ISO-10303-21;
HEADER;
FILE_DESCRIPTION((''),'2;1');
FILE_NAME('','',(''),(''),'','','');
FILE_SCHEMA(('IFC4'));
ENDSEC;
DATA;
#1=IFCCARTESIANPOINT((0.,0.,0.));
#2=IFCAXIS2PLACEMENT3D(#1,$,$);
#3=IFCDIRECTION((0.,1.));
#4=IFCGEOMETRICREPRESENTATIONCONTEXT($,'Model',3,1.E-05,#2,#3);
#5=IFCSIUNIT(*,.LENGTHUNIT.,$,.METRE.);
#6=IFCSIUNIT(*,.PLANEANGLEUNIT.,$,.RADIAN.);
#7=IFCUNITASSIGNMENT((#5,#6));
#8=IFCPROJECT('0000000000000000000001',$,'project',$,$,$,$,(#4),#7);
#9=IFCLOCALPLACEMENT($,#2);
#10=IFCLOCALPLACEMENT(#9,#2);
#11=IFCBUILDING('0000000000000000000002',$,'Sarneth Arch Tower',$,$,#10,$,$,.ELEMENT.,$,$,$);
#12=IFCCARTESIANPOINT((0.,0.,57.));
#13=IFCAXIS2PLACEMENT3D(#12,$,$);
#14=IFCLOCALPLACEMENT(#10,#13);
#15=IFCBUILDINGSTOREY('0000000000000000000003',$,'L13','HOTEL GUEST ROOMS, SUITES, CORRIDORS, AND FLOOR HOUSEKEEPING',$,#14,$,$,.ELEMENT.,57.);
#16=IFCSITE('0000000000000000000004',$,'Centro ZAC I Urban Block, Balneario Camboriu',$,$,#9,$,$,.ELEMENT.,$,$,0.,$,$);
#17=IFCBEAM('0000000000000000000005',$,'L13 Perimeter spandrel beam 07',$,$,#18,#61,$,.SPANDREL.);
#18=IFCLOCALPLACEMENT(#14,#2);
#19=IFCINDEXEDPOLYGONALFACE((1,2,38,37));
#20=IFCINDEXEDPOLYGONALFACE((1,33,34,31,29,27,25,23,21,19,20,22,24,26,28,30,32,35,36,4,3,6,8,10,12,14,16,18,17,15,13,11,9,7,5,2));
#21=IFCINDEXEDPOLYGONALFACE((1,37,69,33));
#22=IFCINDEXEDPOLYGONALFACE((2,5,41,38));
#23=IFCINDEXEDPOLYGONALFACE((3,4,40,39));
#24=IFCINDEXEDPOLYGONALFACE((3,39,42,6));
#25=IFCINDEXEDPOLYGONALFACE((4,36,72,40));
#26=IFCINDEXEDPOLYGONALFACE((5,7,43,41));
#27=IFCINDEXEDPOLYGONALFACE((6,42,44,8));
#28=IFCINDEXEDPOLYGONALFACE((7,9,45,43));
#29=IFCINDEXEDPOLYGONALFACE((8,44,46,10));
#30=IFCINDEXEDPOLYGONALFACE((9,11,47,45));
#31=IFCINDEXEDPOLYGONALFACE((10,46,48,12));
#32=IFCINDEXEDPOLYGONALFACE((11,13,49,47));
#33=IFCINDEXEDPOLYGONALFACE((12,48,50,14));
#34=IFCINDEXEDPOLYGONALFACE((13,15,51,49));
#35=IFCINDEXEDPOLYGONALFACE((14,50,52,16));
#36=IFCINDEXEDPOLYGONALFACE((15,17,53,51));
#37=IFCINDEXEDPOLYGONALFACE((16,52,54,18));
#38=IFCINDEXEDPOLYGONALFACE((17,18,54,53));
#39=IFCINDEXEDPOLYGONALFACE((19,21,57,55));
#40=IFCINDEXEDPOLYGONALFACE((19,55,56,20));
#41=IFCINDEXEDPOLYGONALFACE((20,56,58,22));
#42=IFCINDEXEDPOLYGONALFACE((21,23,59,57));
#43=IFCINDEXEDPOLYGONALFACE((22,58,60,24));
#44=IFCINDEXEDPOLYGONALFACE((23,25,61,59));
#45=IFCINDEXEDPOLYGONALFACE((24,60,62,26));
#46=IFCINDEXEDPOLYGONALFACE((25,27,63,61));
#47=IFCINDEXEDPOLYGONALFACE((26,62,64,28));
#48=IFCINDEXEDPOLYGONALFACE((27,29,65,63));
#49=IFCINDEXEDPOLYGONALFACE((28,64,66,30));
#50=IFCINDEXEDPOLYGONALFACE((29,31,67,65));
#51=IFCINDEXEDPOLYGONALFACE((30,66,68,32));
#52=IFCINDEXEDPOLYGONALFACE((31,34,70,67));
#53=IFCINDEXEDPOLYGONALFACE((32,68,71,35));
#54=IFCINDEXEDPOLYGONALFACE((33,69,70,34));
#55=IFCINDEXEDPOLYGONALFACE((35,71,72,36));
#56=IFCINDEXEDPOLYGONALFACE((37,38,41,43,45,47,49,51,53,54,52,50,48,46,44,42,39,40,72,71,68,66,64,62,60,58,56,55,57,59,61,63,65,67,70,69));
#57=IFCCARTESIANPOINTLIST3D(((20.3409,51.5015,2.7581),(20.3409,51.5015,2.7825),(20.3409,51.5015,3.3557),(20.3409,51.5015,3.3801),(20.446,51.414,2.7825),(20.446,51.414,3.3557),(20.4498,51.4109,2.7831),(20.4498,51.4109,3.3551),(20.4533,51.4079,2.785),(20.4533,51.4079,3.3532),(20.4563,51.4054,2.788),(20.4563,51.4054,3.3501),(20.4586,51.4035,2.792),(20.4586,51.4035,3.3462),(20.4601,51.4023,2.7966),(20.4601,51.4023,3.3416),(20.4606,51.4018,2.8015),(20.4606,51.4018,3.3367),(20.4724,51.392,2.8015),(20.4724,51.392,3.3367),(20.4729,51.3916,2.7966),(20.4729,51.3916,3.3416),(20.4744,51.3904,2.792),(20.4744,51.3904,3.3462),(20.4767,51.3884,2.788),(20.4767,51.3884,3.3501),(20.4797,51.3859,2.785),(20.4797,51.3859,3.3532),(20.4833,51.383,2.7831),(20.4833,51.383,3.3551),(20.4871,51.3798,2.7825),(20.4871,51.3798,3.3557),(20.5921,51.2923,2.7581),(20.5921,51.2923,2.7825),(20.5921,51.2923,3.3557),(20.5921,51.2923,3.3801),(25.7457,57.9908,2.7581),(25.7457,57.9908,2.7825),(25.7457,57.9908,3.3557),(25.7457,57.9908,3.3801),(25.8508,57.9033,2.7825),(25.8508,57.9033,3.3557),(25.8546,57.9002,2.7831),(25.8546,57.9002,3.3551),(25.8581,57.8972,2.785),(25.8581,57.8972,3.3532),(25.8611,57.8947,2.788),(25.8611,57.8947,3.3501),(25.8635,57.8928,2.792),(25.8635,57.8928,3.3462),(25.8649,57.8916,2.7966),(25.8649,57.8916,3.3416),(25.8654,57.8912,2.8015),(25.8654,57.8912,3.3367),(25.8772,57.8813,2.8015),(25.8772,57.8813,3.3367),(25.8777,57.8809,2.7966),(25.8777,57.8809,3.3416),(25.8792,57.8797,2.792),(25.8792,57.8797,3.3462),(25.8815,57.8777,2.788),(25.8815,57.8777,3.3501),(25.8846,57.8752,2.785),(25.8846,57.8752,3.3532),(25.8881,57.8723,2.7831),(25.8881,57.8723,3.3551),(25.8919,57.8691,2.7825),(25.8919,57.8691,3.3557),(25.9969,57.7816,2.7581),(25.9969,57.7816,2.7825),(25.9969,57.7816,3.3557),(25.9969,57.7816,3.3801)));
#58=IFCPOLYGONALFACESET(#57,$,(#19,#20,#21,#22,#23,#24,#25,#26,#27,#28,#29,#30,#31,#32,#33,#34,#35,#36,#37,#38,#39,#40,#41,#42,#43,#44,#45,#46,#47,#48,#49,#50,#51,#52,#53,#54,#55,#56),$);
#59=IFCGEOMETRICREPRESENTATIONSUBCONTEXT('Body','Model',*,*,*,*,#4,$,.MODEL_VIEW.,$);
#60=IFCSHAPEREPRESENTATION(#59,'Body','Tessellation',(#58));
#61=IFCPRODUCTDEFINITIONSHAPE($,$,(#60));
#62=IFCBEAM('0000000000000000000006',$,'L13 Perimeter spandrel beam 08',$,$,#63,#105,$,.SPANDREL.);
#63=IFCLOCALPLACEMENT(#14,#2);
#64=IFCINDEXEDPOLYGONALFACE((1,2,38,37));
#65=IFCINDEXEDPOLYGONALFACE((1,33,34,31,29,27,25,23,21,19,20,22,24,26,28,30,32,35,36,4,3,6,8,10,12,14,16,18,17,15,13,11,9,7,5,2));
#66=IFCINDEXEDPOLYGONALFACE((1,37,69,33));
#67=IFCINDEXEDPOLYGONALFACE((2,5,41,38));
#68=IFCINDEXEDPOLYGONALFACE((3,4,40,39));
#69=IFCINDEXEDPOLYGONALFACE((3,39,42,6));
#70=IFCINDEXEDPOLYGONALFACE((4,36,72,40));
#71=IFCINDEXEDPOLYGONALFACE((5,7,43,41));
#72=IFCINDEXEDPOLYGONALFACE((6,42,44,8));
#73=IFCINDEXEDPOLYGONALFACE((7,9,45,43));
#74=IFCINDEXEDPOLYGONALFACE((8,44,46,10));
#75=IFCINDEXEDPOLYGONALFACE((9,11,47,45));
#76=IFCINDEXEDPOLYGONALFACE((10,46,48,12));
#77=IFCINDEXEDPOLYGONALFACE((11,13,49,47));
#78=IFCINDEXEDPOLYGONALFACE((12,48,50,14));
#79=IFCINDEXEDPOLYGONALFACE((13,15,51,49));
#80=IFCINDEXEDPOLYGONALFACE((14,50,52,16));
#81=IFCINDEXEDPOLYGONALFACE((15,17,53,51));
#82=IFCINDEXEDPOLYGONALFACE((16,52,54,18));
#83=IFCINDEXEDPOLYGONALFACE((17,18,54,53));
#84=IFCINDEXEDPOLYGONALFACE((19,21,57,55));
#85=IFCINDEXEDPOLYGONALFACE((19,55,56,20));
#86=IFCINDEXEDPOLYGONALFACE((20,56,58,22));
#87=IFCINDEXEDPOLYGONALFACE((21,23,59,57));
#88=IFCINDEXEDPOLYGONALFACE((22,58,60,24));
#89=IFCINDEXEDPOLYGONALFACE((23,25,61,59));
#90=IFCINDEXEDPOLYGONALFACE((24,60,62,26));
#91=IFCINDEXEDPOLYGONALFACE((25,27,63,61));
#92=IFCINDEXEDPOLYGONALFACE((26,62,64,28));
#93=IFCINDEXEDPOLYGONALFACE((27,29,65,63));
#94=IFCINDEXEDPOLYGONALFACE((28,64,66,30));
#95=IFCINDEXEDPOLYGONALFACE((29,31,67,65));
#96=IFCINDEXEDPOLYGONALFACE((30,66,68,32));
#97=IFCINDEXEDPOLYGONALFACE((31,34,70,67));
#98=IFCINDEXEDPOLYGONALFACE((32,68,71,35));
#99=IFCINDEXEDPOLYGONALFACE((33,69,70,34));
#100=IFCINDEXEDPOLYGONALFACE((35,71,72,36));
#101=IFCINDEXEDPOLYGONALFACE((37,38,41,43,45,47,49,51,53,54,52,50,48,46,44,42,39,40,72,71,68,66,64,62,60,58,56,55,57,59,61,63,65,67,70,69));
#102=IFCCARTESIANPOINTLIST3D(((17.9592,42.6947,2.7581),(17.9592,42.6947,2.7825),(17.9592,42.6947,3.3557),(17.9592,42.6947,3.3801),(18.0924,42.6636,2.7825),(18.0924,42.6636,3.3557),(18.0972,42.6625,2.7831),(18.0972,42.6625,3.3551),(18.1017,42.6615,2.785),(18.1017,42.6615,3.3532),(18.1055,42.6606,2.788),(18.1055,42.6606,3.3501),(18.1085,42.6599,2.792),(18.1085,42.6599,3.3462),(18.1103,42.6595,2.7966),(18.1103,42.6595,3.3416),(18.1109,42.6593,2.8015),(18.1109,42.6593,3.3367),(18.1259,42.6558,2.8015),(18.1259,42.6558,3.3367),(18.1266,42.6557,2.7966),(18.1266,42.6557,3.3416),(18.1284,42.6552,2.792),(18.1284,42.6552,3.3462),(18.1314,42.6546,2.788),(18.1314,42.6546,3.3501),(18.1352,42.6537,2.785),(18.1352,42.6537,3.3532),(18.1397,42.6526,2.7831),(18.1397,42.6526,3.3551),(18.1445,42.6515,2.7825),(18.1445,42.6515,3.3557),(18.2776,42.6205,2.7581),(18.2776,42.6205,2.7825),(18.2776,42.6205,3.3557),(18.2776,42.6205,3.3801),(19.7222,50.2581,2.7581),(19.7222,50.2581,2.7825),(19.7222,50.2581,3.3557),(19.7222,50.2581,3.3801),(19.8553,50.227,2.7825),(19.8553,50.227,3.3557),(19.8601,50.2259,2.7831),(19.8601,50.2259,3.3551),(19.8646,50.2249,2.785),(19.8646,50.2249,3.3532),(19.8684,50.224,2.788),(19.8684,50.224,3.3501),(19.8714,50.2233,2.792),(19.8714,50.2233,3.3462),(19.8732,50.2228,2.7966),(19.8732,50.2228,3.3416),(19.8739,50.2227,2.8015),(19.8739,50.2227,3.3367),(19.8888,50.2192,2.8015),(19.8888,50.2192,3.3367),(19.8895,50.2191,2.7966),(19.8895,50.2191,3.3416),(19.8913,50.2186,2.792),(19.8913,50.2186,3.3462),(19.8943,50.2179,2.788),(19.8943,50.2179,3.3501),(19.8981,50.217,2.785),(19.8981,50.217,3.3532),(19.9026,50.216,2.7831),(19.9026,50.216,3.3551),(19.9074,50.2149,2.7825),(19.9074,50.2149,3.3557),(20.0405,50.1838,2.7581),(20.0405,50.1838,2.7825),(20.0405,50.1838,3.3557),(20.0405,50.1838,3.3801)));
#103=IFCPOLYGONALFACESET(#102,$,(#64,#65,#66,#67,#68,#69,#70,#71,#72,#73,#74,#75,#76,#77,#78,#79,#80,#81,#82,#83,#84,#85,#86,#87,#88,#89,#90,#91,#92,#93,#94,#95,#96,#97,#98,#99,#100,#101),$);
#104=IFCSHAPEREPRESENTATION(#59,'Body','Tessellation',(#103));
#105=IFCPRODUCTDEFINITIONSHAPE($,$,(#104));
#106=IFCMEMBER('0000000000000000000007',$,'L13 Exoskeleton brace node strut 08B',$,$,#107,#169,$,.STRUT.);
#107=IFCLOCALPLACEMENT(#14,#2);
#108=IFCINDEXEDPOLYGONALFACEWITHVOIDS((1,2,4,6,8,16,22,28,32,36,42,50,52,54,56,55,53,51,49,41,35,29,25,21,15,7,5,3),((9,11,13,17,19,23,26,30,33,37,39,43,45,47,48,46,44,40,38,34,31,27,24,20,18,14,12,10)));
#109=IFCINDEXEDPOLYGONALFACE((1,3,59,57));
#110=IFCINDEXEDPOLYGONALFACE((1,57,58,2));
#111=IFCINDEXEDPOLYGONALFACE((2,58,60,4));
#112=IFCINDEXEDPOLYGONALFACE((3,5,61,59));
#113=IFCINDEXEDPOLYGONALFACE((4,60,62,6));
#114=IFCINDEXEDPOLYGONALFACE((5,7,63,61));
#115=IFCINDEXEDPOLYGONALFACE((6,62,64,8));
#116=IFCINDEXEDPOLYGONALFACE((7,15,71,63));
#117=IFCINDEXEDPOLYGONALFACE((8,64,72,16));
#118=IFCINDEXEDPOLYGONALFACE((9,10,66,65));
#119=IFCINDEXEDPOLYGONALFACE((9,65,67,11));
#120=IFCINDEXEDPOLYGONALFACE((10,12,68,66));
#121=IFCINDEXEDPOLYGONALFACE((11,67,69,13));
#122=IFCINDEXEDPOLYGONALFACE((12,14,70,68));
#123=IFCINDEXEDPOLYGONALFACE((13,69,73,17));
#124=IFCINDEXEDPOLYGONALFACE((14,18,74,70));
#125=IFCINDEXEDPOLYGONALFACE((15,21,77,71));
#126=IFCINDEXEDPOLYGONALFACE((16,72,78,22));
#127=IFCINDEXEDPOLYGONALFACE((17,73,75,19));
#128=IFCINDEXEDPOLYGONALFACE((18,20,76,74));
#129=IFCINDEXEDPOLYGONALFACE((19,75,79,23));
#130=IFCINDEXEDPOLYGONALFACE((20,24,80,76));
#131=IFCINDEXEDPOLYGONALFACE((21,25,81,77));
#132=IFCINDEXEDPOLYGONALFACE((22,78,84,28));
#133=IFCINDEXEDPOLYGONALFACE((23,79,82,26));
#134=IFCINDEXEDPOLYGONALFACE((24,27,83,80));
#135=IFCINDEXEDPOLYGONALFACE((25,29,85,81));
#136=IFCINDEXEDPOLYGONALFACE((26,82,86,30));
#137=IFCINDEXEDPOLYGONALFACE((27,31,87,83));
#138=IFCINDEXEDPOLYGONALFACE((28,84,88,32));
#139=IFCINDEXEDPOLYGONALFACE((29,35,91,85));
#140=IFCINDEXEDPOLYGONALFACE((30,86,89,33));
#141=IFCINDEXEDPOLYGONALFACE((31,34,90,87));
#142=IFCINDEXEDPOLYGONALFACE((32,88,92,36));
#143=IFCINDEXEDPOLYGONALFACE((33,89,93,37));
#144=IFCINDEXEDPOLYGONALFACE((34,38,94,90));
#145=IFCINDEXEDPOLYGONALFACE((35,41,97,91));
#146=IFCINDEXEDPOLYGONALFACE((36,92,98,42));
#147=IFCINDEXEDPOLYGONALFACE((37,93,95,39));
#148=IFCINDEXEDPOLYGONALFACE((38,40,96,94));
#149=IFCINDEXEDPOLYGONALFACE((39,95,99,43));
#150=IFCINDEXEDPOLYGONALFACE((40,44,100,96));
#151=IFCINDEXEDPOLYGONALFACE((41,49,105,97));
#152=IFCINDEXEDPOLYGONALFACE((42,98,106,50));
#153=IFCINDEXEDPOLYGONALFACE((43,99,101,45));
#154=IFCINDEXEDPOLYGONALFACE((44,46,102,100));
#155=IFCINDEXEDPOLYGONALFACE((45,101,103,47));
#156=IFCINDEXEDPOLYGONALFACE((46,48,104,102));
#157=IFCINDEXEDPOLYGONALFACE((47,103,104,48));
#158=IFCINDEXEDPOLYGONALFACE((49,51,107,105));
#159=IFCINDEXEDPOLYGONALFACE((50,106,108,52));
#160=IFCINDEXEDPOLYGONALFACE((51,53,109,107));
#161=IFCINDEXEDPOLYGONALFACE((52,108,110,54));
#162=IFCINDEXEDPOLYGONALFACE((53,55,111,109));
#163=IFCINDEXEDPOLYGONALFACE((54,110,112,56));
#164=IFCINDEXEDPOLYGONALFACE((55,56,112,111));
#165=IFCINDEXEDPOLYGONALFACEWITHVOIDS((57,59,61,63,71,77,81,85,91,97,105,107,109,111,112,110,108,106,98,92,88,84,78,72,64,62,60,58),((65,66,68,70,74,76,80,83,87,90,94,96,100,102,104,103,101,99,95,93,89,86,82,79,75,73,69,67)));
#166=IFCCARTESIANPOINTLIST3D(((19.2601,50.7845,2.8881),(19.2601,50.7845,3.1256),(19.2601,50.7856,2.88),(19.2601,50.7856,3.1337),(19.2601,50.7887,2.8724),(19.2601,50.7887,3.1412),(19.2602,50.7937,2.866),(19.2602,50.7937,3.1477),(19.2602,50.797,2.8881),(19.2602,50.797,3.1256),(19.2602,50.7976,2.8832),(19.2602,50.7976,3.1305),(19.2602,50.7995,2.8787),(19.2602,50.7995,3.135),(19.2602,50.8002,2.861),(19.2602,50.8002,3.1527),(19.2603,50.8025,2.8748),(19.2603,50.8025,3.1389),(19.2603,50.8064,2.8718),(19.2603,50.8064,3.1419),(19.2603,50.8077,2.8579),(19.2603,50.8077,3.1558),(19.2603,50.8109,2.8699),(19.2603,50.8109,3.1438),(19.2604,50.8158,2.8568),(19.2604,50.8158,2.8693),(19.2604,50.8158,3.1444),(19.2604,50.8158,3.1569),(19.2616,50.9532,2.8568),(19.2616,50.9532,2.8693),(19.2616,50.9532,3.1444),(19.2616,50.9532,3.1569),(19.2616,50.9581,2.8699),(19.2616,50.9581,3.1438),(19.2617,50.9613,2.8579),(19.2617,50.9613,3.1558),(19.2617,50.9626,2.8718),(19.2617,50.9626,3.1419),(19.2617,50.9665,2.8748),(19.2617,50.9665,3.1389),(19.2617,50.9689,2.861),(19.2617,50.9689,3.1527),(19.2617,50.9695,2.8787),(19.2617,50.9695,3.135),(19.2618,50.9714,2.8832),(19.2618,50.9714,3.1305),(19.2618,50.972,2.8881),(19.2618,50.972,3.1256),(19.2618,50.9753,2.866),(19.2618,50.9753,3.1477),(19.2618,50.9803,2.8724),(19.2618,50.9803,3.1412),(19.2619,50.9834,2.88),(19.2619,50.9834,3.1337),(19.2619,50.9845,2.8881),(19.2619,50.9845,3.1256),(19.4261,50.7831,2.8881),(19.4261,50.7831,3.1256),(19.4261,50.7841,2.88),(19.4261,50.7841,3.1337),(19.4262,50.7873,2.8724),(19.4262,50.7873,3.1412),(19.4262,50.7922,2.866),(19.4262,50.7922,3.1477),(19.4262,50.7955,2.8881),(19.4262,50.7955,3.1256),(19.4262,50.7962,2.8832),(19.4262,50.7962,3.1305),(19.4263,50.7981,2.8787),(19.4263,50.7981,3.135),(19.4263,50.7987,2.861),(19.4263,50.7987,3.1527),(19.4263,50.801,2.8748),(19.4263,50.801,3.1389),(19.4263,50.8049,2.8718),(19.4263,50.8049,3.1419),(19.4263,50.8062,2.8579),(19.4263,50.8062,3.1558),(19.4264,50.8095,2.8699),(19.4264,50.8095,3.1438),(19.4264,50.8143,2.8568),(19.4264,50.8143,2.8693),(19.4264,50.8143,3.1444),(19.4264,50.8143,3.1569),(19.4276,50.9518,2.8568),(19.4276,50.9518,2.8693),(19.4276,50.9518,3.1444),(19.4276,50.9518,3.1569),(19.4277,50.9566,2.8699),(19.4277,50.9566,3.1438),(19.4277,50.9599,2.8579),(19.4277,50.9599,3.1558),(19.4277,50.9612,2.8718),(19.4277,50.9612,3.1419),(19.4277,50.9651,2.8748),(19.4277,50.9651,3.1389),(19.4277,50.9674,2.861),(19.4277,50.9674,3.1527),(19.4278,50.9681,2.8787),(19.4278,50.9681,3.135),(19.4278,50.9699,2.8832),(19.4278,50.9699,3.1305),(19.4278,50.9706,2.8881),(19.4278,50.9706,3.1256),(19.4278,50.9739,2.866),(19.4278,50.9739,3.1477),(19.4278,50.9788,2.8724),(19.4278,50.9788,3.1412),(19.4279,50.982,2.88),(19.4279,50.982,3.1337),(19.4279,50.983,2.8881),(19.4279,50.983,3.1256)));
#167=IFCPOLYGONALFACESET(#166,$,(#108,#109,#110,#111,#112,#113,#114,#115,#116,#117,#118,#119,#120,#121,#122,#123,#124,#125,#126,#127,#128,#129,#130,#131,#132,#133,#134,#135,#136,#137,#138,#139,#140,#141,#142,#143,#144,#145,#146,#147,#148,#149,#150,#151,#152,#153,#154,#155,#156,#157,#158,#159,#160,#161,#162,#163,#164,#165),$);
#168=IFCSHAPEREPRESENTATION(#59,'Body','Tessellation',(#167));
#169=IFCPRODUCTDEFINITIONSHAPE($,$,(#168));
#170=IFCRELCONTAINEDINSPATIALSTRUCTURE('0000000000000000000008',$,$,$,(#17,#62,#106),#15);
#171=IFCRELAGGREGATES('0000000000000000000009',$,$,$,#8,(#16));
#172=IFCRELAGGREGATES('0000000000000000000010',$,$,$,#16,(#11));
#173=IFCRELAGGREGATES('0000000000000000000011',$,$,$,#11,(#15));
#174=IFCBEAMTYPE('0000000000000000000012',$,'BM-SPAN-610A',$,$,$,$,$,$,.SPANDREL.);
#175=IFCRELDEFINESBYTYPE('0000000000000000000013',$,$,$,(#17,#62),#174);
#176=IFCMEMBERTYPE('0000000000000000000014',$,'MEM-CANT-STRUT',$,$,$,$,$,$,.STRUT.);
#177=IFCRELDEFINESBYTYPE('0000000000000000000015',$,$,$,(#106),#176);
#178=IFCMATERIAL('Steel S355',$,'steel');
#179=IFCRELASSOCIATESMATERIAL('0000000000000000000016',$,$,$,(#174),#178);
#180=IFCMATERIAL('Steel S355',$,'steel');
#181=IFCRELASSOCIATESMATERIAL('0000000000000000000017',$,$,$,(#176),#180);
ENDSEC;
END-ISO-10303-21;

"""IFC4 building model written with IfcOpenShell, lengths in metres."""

from ifc_helpers import new_model, si_unit, direction, frame, origin, origin_2d, place, context, subcontext, project, spatial, hollow_rectangle, i_section, extrude, material, material_profile, profile_set, type_object, element, save


model = new_model("IFC4")

# Units and contexts
model_context = context("Model", 3, precision=1e-05, world=origin(), true_north=direction((0.0, 1.0)))
body_context = subcontext(model_context, "Body", "Model", "MODEL_VIEW")
ifc_project = project(units=[si_unit("LENGTHUNIT", "METRE"), si_unit("PLANEANGLEUNIT", "RADIAN")], contexts=[model_context])

# Site, building, storey
site_placement = place(None, origin())
site = spatial("IfcSite", under=ifc_project, at=site_placement, Name="Centro ZAC I Urban Block, Balneario Camboriu", CompositionType="ELEMENT", RefElevation=0.0)
building_placement = place(site_placement, origin())
building = spatial("IfcBuilding", under=site, at=building_placement, Name="Sarneth Arch Tower", CompositionType="ELEMENT")
storey_placement = place(building_placement, frame((0.0, 0.0, 57.0)))
storey = spatial("IfcBuildingStorey", under=building, at=storey_placement, Name="L13", Description="HOTEL GUEST ROOMS, SUITES, CORRIDORS, AND FLOOR HOUSEKEEPING", CompositionType="ELEMENT", Elevation=57.0)

# Beams
ifc_material_1 = material(Name="Steel S355", Category="steel")
ifc_material_profile_1 = material_profile(ifc_material_1, i_section(OverallWidth=0.3269, OverallDepth=0.6221, WebThickness=0.0154, FlangeThickness=0.0244, FilletRadius=0.019, at=origin_2d()), Name="W610x195")
ifc_profile_set_1 = profile_set([ifc_material_profile_1], Name="Steel S355")
beam_type_1 = type_object("IfcBeamType", Name="BM-SPAN-610A", PredefinedType="SPANDREL", material=ifc_profile_set_1)
beam_1_placement = place(storey_placement, frame((25.8713, 57.8862, 3.0691), z_axis=(-0.63998, -0.768392, 0.0), x_axis=(0.768392, -0.63998, 0.0)))
element("IfcBeam", 1, at=beam_1_placement, inside=storey, type_object=beam_type_1, Name="L13 Perimeter spandrel beam 07", PredefinedType="SPANDREL", context=body_context, shape_type="SweptSolid", body=[
    extrude(i_section(OverallWidth=0.3269, OverallDepth=0.6221, WebThickness=0.0154, FlangeThickness=0.0244, FilletRadius=0.019, at=origin_2d()), origin(), (0.0, 0.0, 1.0), 8.4453),
])
beam_2_placement = place(storey_placement, frame((19.8813, 50.2209, 3.0691), z_axis=(-0.227001, -0.973895, 0.0), x_axis=(0.973895, -0.227001, 0.0)))
element("IfcBeam", 2, at=beam_2_placement, inside=storey, type_object=beam_type_1, Name="L13 Perimeter spandrel beam 08", PredefinedType="SPANDREL", context=body_context, shape_type="SweptSolid", body=[
    extrude(i_section(OverallWidth=0.3269, OverallDepth=0.6221, WebThickness=0.0154, FlangeThickness=0.0244, FilletRadius=0.019, at=origin_2d()), origin(), (0.0, 0.0, 1.0), 7.7661),
])

# Member
ifc_material_2 = material(Name="Steel S355", Category="steel")
ifc_material_profile_2 = material_profile(ifc_material_2, hollow_rectangle(XDim=0.2, YDim=0.3, WallThickness=0.0125, InnerFilletRadius=0.0188, OuterFilletRadius=0.0312, at=origin_2d()), Name="RHS300x200x12.5")
ifc_profile_set_2 = profile_set([ifc_material_profile_2], Name="Steel S355")
member_type_1 = type_object("IfcMemberType", Name="MEM-CANT-STRUT", PredefinedType="STRUT", material=ifc_profile_set_2)
member_1_placement = place(storey_placement, frame((19.427, 50.8831, 3.0068), z_axis=(-0.999961, 0.008823, 0.0), x_axis=(-0.008823, -0.999961, 0.0)))
element("IfcMember", 3, at=member_1_placement, inside=storey, type_object=member_type_1, Name="L13 Exoskeleton brace node strut 08B", PredefinedType="STRUT", context=body_context, shape_type="SweptSolid", body=[
    extrude(hollow_rectangle(XDim=0.2, YDim=0.3, WallThickness=0.0125, InnerFilletRadius=0.0188, OuterFilletRadius=0.0312, at=origin_2d()), origin(), (0.0, 0.0, 1.0), 0.166),
])

save(model, "model.ifc")
